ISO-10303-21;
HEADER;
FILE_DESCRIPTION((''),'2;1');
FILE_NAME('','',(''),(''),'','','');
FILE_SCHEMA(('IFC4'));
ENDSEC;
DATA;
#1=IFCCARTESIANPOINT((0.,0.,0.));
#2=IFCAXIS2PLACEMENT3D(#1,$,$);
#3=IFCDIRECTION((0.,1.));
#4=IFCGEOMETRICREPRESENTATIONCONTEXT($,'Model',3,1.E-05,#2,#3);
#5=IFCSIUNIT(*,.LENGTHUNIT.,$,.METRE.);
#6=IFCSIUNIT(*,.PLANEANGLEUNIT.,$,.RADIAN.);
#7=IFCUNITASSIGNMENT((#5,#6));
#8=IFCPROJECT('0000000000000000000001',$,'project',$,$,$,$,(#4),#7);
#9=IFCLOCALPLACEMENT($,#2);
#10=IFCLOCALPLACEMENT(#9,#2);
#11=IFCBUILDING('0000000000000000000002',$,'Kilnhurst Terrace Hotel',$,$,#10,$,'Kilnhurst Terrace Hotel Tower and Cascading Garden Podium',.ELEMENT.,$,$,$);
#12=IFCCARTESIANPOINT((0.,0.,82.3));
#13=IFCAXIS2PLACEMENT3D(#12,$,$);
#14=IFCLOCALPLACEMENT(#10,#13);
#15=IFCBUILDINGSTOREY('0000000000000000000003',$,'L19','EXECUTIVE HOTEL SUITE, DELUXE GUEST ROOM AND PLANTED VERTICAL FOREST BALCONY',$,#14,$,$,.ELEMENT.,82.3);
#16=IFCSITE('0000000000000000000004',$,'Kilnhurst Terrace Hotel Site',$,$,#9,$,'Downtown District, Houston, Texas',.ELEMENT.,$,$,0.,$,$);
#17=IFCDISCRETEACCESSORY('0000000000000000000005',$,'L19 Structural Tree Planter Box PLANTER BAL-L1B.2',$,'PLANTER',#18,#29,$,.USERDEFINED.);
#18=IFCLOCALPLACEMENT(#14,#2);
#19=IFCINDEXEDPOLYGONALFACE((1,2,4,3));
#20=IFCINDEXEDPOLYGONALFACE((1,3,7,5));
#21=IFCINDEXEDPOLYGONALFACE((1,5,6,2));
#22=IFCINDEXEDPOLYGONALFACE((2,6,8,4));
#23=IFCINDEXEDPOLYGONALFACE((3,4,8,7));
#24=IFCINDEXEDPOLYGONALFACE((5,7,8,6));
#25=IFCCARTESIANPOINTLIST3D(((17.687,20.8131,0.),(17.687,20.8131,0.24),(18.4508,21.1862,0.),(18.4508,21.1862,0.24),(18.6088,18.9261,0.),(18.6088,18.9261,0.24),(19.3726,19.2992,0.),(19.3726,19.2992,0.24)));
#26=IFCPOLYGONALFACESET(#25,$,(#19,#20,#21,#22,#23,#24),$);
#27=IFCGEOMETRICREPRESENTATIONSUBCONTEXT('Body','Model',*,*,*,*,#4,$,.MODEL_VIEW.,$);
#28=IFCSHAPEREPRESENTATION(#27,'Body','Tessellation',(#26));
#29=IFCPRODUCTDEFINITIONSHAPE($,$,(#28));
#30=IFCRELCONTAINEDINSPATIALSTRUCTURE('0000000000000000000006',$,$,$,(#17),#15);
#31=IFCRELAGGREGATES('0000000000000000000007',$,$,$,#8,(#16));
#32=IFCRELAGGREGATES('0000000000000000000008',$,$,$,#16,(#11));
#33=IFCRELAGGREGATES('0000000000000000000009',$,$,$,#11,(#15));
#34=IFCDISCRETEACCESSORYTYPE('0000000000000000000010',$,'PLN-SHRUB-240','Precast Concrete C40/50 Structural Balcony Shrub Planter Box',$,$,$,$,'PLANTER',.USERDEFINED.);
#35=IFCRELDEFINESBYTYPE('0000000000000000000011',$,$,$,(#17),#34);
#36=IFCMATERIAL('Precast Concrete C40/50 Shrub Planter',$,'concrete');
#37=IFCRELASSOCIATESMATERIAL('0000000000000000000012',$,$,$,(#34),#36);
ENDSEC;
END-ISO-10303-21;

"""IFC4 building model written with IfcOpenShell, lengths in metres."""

from ifc_helpers import new_model, si_unit, direction, frame, origin, origin_2d, place, context, subcontext, project, spatial, rectangle, extrude, material, type_object, element, save


model = new_model("IFC4")

# Units and contexts
model_context = context("Model", 3, precision=1e-05, world=origin(), true_north=direction((0.0, 1.0)))
body_context = subcontext(model_context, "Body", "Model", "MODEL_VIEW")
ifc_project = project(units=[si_unit("LENGTHUNIT", "METRE"), si_unit("PLANEANGLEUNIT", "RADIAN")], contexts=[model_context])

# Site, building, storey
site_placement = place(None, origin())
site = spatial("IfcSite", under=ifc_project, at=site_placement, Name="Kilnhurst Terrace Hotel Site", LongName="Downtown District, Houston, Texas", CompositionType="ELEMENT", RefElevation=0.0)
building_placement = place(site_placement, origin())
building = spatial("IfcBuilding", under=site, at=building_placement, Name="Kilnhurst Terrace Hotel", LongName="Kilnhurst Terrace Hotel Tower and Cascading Garden Podium", CompositionType="ELEMENT")
storey_placement = place(building_placement, frame((0.0, 0.0, 82.3)))
storey = spatial("IfcBuildingStorey", under=building, at=storey_placement, Name="L19", Description="EXECUTIVE HOTEL SUITE, DELUXE GUEST ROOM AND PLANTED VERTICAL FOREST BALCONY", CompositionType="ELEMENT", Elevation=82.3)

# Discrete accessory
ifc_material_1 = material(Name="Precast Concrete C40/50 Shrub Planter", Category="concrete")
discrete_accessory_type = type_object("IfcDiscreteAccessoryType", Name="PLN-SHRUB-240", Description="Precast Concrete C40/50 Structural Balcony Shrub Planter Box", ElementType="PLANTER", PredefinedType="USERDEFINED", material=ifc_material_1)
discrete_accessory_placement = place(storey_placement, frame((18.5298, 20.0562, 0.0), z_axis=(0.0, 0.0, 1.0), x_axis=(-0.438936, 0.898518, 0.0)))
element("IfcDiscreteAccessory", 1, at=discrete_accessory_placement, inside=storey, type_object=discrete_accessory_type, Name="L19 Structural Tree Planter Box PLANTER BAL-L1B.2", ObjectType="PLANTER", PredefinedType="USERDEFINED", context=body_context, shape_type="SweptSolid", body=[
    extrude(rectangle(XDim=2.1001, YDim=0.8501, at=origin_2d()), origin(), (0.0, 0.0, 1.0), 0.24),
])

save(model, "model.ifc")
